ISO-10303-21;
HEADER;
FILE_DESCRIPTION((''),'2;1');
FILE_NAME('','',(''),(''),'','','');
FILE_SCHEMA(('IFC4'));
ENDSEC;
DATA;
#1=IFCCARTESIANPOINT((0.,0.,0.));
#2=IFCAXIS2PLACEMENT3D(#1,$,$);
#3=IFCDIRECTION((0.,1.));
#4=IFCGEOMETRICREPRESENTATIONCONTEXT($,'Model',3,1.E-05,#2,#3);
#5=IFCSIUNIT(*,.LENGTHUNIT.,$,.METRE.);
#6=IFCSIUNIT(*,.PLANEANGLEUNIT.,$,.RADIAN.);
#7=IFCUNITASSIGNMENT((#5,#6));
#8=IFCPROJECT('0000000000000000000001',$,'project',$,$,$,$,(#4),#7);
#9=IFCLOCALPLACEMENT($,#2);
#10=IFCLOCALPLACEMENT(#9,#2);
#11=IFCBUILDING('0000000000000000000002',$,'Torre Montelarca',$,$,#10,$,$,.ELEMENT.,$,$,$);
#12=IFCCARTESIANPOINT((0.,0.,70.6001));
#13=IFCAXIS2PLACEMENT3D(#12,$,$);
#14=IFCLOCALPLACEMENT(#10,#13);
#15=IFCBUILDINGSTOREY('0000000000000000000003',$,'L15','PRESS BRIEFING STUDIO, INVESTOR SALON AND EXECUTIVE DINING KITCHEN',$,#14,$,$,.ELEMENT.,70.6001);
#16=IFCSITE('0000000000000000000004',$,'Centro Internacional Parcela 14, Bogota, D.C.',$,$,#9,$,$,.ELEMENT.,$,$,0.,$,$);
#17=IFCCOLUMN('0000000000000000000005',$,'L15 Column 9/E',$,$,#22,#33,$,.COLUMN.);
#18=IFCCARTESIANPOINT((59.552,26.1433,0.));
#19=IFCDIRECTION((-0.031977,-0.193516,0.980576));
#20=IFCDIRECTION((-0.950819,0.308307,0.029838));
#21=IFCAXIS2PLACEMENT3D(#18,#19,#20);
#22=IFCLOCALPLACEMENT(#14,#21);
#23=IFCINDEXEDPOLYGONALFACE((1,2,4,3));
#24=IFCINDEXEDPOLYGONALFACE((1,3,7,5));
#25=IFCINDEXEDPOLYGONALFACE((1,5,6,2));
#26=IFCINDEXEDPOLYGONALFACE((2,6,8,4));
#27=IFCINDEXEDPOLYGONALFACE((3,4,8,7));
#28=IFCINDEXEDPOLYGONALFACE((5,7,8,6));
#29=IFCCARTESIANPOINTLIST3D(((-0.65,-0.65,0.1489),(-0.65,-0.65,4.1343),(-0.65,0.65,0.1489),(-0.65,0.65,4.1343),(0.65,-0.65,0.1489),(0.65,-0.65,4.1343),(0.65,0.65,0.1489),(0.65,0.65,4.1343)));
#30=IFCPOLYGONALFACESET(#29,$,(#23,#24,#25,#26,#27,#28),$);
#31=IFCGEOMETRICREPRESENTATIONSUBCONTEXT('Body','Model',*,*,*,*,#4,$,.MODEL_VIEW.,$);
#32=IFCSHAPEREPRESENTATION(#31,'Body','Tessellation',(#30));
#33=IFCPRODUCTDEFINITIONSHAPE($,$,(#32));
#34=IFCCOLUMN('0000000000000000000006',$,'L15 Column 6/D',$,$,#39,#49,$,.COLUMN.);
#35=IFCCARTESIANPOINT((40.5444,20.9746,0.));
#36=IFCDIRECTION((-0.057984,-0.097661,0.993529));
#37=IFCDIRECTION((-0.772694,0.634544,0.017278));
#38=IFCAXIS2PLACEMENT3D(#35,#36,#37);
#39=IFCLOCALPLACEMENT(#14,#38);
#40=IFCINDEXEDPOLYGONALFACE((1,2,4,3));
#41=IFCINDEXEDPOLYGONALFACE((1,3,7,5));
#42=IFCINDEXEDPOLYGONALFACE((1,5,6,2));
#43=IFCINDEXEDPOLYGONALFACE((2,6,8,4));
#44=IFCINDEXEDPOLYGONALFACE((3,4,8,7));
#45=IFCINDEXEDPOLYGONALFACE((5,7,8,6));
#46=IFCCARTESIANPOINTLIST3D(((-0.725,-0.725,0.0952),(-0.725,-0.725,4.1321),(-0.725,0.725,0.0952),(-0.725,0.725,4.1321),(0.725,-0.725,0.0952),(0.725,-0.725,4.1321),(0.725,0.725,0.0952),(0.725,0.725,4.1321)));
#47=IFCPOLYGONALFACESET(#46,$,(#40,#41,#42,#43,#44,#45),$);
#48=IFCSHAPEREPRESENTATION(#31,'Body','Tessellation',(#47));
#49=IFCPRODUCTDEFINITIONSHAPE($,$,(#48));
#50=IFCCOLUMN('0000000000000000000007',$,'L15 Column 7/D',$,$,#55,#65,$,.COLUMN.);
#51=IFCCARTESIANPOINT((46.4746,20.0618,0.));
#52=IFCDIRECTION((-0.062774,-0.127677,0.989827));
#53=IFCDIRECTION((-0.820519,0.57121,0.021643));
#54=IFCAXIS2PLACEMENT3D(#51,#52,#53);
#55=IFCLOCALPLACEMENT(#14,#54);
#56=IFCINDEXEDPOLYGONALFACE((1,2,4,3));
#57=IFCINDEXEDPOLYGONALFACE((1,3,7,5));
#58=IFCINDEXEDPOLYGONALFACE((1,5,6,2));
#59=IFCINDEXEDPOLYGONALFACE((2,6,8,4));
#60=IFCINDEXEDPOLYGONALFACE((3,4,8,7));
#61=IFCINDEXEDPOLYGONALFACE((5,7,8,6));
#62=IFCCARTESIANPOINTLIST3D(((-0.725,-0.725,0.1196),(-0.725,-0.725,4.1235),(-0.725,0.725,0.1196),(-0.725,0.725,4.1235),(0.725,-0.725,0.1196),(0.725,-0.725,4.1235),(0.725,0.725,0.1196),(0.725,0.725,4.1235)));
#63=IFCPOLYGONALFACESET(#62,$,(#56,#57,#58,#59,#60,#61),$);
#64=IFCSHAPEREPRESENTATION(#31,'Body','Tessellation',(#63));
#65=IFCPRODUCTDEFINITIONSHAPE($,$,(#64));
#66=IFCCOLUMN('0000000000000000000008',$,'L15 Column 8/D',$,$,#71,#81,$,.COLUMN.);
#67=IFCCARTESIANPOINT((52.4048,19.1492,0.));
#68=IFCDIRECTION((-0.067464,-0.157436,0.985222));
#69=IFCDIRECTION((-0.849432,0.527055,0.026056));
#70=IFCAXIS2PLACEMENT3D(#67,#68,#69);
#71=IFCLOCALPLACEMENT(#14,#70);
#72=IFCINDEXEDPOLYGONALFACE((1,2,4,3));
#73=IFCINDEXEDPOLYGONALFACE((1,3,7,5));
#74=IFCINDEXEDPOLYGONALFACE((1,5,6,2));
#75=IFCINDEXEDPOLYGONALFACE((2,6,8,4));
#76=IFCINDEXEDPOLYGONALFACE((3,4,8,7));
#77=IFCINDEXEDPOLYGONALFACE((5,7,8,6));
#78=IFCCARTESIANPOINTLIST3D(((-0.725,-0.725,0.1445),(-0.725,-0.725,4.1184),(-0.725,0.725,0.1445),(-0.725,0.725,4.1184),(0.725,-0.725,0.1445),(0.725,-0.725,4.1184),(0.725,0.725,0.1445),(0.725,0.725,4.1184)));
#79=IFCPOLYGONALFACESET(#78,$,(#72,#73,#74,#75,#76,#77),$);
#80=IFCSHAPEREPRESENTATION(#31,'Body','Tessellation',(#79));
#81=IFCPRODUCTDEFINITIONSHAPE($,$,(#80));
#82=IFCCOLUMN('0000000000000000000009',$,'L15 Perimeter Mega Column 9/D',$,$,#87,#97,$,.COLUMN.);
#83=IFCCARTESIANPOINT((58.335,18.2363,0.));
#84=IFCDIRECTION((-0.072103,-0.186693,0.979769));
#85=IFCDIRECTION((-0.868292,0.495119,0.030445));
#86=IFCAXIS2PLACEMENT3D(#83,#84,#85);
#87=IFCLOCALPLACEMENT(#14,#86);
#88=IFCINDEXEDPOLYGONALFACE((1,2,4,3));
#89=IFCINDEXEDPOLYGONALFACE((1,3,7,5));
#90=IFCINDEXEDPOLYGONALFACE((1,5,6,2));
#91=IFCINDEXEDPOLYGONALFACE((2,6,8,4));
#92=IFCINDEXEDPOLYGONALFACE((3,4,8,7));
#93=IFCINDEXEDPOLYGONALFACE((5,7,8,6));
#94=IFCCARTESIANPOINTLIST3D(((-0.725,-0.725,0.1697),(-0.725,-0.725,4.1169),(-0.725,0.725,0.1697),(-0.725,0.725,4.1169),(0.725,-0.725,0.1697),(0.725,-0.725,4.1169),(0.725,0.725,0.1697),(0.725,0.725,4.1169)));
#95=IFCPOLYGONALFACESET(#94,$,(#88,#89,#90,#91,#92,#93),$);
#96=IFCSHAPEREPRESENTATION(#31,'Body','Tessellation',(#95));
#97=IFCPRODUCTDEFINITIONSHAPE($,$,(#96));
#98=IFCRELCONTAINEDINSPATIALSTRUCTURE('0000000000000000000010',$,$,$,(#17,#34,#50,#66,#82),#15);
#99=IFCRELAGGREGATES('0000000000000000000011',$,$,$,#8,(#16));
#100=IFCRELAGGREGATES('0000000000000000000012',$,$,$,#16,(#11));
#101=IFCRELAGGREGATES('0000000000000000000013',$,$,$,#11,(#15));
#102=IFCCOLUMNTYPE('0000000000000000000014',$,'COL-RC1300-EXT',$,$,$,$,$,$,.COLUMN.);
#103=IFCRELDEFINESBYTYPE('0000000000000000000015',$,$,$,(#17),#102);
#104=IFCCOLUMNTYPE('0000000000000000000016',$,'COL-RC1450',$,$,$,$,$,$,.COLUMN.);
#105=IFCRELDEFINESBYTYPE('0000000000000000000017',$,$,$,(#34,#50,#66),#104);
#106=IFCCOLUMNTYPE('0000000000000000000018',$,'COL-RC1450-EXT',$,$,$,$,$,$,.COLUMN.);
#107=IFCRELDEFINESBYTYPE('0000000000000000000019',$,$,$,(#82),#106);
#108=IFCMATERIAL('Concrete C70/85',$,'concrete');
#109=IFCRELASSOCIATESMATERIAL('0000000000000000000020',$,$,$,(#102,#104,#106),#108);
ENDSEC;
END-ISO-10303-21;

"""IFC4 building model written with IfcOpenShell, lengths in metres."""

from ifc_helpers import new_model, si_unit, direction, frame, origin, origin_2d, place, context, subcontext, project, spatial, rectangle, extrude, clip, halfspace, material, material_profile, profile_set, type_object, element, save


model = new_model("IFC4")

# Units and contexts
model_context = context("Model", 3, precision=1e-05, world=origin(), true_north=direction((0.0, 1.0)))
body_context = subcontext(model_context, "Body", "Model", "MODEL_VIEW")
ifc_project = project(units=[si_unit("LENGTHUNIT", "METRE"), si_unit("PLANEANGLEUNIT", "RADIAN")], contexts=[model_context])

# Site, building, storey
site_placement = place(None, origin())
site = spatial("IfcSite", under=ifc_project, at=site_placement, Name="Centro Internacional Parcela 14, Bogota, D.C.", CompositionType="ELEMENT", RefElevation=0.0)
building_placement = place(site_placement, origin())
building = spatial("IfcBuilding", under=site, at=building_placement, Name="Torre Montelarca", CompositionType="ELEMENT")
storey_placement = place(building_placement, frame((0.0, 0.0, 70.6001)))
storey = spatial("IfcBuildingStorey", under=building, at=storey_placement, Name="L15", Description="PRESS BRIEFING STUDIO, INVESTOR SALON AND EXECUTIVE DINING KITCHEN", CompositionType="ELEMENT", Elevation=70.6001)

# Columns
ifc_material_1 = material(Name="Concrete C70/85", Category="concrete")
ifc_material_profile_1 = material_profile(ifc_material_1, rectangle(XDim=1.3, YDim=1.3, at=origin_2d()), Name="RC1300X1300", Category="concrete")
ifc_profile_set_1 = profile_set([ifc_material_profile_1], Name="Concrete C70/85")
column_type_1 = type_object("IfcColumnType", Name="COL-RC1300-EXT", PredefinedType="COLUMN", material=ifc_profile_set_1)
column_1_placement = place(storey_placement, frame((59.552, 26.1433, 0.0), z_axis=(-0.031977, -0.193516, 0.980576), x_axis=(-0.950819, 0.308307, 0.029838)))
element("IfcColumn", 1, at=column_1_placement, inside=storey, type_object=column_type_1, Name="L15 Column 9/E", PredefinedType="COLUMN", context=body_context, shape_type="Clipping", body=[
    clip(clip(extrude(rectangle(XDim=1.3, YDim=1.3, at=origin_2d()), origin(), (0.0, 0.0, 1.0), 4.2832), halfspace(frame((0.0, 0.0, 0.1489), z_axis=(0.0, 0.0, -1.0), x_axis=(1.0, 0.0, 0.0)), False)), halfspace(frame((0.0, 0.0, 4.1343), z_axis=(0.0, 0.0, 1.0), x_axis=(1.0, 0.0, 0.0)), False)),
])
ifc_material_profile_2 = material_profile(ifc_material_1, rectangle(XDim=1.45, YDim=1.45, at=origin_2d()), Name="RC1450X1450", Category="concrete")
ifc_profile_set_2 = profile_set([ifc_material_profile_2], Name="Concrete C70/85")
column_type_2 = type_object("IfcColumnType", Name="COL-RC1450", PredefinedType="COLUMN", material=ifc_profile_set_2)
column_2_placement = place(storey_placement, frame((40.5444, 20.9746, 0.0), z_axis=(-0.057984, -0.097661, 0.993529), x_axis=(-0.772694, 0.634544, 0.017278)))
element("IfcColumn", 2, at=column_2_placement, inside=storey, type_object=column_type_2, Name="L15 Column 6/D", PredefinedType="COLUMN", context=body_context, shape_type="Clipping", body=[
    clip(clip(extrude(rectangle(XDim=1.45, YDim=1.45, at=origin_2d()), origin(), (0.0, 0.0, 1.0), 4.2273), halfspace(frame((0.0, 0.0, 0.0952), z_axis=(0.0, 0.0, -1.0), x_axis=(1.0, 0.0, 0.0)), False)), halfspace(frame((0.0, 0.0, 4.1321), z_axis=(0.0, 0.0, 1.0), x_axis=(1.0, 0.0, 0.0)), False)),
])
column_3_placement = place(storey_placement, frame((46.4746, 20.0618, 0.0), z_axis=(-0.062774, -0.127677, 0.989827), x_axis=(-0.820519, 0.57121, 0.021643)))
element("IfcColumn", 3, at=column_3_placement, inside=storey, type_object=column_type_2, Name="L15 Column 7/D", PredefinedType="COLUMN", context=body_context, shape_type="Clipping", body=[
    clip(clip(extrude(rectangle(XDim=1.45, YDim=1.45, at=origin_2d()), origin(), (0.0, 0.0, 1.0), 4.2432), halfspace(frame((0.0, 0.0, 0.1196), z_axis=(0.0, 0.0, -1.0), x_axis=(1.0, 0.0, 0.0)), False)), halfspace(frame((0.0, 0.0, 4.1235), z_axis=(0.0, 0.0, 1.0), x_axis=(1.0, 0.0, 0.0)), False)),
])
column_4_placement = place(storey_placement, frame((52.4048, 19.1492, 0.0), z_axis=(-0.067464, -0.157436, 0.985222), x_axis=(-0.849432, 0.527055, 0.026056)))
element("IfcColumn", 4, at=column_4_placement, inside=storey, type_object=column_type_2, Name="L15 Column 8/D", PredefinedType="COLUMN", context=body_context, shape_type="Clipping", body=[
    clip(clip(extrude(rectangle(XDim=1.45, YDim=1.45, at=origin_2d()), origin(), (0.0, 0.0, 1.0), 4.2629), halfspace(frame((0.0, 0.0, 0.1445), z_axis=(0.0, 0.0, -1.0), x_axis=(1.0, 0.0, 0.0)), False)), halfspace(frame((0.0, 0.0, 4.1184), z_axis=(0.0, 0.0, 1.0), x_axis=(1.0, 0.0, 0.0)), False)),
])
ifc_material_profile_3 = material_profile(ifc_material_1, rectangle(XDim=1.45, YDim=1.45, at=origin_2d()), Name="RC1450X1450", Category="concrete")
ifc_profile_set_3 = profile_set([ifc_material_profile_3], Name="Concrete C70/85")
column_type_3 = type_object("IfcColumnType", Name="COL-RC1450-EXT", PredefinedType="COLUMN", material=ifc_profile_set_3)
column_5_placement = place(storey_placement, frame((58.335, 18.2363, 0.0), z_axis=(-0.072103, -0.186693, 0.979769), x_axis=(-0.868292, 0.495119, 0.030445)))
element("IfcColumn", 5, at=column_5_placement, inside=storey, type_object=column_type_3, Name="L15 Perimeter Mega Column 9/D", PredefinedType="COLUMN", context=body_context, shape_type="Clipping", body=[
    clip(clip(extrude(rectangle(XDim=1.45, YDim=1.45, at=origin_2d()), origin(), (0.0, 0.0, 1.0), 4.2866), halfspace(frame((0.0, 0.0, 0.1697), z_axis=(0.0, 0.0, -1.0), x_axis=(1.0, 0.0, 0.0)), False)), halfspace(frame((0.0, 0.0, 4.1169), z_axis=(0.0, 0.0, 1.0), x_axis=(1.0, 0.0, 0.0)), False)),
])

save(model, "model.ifc")
